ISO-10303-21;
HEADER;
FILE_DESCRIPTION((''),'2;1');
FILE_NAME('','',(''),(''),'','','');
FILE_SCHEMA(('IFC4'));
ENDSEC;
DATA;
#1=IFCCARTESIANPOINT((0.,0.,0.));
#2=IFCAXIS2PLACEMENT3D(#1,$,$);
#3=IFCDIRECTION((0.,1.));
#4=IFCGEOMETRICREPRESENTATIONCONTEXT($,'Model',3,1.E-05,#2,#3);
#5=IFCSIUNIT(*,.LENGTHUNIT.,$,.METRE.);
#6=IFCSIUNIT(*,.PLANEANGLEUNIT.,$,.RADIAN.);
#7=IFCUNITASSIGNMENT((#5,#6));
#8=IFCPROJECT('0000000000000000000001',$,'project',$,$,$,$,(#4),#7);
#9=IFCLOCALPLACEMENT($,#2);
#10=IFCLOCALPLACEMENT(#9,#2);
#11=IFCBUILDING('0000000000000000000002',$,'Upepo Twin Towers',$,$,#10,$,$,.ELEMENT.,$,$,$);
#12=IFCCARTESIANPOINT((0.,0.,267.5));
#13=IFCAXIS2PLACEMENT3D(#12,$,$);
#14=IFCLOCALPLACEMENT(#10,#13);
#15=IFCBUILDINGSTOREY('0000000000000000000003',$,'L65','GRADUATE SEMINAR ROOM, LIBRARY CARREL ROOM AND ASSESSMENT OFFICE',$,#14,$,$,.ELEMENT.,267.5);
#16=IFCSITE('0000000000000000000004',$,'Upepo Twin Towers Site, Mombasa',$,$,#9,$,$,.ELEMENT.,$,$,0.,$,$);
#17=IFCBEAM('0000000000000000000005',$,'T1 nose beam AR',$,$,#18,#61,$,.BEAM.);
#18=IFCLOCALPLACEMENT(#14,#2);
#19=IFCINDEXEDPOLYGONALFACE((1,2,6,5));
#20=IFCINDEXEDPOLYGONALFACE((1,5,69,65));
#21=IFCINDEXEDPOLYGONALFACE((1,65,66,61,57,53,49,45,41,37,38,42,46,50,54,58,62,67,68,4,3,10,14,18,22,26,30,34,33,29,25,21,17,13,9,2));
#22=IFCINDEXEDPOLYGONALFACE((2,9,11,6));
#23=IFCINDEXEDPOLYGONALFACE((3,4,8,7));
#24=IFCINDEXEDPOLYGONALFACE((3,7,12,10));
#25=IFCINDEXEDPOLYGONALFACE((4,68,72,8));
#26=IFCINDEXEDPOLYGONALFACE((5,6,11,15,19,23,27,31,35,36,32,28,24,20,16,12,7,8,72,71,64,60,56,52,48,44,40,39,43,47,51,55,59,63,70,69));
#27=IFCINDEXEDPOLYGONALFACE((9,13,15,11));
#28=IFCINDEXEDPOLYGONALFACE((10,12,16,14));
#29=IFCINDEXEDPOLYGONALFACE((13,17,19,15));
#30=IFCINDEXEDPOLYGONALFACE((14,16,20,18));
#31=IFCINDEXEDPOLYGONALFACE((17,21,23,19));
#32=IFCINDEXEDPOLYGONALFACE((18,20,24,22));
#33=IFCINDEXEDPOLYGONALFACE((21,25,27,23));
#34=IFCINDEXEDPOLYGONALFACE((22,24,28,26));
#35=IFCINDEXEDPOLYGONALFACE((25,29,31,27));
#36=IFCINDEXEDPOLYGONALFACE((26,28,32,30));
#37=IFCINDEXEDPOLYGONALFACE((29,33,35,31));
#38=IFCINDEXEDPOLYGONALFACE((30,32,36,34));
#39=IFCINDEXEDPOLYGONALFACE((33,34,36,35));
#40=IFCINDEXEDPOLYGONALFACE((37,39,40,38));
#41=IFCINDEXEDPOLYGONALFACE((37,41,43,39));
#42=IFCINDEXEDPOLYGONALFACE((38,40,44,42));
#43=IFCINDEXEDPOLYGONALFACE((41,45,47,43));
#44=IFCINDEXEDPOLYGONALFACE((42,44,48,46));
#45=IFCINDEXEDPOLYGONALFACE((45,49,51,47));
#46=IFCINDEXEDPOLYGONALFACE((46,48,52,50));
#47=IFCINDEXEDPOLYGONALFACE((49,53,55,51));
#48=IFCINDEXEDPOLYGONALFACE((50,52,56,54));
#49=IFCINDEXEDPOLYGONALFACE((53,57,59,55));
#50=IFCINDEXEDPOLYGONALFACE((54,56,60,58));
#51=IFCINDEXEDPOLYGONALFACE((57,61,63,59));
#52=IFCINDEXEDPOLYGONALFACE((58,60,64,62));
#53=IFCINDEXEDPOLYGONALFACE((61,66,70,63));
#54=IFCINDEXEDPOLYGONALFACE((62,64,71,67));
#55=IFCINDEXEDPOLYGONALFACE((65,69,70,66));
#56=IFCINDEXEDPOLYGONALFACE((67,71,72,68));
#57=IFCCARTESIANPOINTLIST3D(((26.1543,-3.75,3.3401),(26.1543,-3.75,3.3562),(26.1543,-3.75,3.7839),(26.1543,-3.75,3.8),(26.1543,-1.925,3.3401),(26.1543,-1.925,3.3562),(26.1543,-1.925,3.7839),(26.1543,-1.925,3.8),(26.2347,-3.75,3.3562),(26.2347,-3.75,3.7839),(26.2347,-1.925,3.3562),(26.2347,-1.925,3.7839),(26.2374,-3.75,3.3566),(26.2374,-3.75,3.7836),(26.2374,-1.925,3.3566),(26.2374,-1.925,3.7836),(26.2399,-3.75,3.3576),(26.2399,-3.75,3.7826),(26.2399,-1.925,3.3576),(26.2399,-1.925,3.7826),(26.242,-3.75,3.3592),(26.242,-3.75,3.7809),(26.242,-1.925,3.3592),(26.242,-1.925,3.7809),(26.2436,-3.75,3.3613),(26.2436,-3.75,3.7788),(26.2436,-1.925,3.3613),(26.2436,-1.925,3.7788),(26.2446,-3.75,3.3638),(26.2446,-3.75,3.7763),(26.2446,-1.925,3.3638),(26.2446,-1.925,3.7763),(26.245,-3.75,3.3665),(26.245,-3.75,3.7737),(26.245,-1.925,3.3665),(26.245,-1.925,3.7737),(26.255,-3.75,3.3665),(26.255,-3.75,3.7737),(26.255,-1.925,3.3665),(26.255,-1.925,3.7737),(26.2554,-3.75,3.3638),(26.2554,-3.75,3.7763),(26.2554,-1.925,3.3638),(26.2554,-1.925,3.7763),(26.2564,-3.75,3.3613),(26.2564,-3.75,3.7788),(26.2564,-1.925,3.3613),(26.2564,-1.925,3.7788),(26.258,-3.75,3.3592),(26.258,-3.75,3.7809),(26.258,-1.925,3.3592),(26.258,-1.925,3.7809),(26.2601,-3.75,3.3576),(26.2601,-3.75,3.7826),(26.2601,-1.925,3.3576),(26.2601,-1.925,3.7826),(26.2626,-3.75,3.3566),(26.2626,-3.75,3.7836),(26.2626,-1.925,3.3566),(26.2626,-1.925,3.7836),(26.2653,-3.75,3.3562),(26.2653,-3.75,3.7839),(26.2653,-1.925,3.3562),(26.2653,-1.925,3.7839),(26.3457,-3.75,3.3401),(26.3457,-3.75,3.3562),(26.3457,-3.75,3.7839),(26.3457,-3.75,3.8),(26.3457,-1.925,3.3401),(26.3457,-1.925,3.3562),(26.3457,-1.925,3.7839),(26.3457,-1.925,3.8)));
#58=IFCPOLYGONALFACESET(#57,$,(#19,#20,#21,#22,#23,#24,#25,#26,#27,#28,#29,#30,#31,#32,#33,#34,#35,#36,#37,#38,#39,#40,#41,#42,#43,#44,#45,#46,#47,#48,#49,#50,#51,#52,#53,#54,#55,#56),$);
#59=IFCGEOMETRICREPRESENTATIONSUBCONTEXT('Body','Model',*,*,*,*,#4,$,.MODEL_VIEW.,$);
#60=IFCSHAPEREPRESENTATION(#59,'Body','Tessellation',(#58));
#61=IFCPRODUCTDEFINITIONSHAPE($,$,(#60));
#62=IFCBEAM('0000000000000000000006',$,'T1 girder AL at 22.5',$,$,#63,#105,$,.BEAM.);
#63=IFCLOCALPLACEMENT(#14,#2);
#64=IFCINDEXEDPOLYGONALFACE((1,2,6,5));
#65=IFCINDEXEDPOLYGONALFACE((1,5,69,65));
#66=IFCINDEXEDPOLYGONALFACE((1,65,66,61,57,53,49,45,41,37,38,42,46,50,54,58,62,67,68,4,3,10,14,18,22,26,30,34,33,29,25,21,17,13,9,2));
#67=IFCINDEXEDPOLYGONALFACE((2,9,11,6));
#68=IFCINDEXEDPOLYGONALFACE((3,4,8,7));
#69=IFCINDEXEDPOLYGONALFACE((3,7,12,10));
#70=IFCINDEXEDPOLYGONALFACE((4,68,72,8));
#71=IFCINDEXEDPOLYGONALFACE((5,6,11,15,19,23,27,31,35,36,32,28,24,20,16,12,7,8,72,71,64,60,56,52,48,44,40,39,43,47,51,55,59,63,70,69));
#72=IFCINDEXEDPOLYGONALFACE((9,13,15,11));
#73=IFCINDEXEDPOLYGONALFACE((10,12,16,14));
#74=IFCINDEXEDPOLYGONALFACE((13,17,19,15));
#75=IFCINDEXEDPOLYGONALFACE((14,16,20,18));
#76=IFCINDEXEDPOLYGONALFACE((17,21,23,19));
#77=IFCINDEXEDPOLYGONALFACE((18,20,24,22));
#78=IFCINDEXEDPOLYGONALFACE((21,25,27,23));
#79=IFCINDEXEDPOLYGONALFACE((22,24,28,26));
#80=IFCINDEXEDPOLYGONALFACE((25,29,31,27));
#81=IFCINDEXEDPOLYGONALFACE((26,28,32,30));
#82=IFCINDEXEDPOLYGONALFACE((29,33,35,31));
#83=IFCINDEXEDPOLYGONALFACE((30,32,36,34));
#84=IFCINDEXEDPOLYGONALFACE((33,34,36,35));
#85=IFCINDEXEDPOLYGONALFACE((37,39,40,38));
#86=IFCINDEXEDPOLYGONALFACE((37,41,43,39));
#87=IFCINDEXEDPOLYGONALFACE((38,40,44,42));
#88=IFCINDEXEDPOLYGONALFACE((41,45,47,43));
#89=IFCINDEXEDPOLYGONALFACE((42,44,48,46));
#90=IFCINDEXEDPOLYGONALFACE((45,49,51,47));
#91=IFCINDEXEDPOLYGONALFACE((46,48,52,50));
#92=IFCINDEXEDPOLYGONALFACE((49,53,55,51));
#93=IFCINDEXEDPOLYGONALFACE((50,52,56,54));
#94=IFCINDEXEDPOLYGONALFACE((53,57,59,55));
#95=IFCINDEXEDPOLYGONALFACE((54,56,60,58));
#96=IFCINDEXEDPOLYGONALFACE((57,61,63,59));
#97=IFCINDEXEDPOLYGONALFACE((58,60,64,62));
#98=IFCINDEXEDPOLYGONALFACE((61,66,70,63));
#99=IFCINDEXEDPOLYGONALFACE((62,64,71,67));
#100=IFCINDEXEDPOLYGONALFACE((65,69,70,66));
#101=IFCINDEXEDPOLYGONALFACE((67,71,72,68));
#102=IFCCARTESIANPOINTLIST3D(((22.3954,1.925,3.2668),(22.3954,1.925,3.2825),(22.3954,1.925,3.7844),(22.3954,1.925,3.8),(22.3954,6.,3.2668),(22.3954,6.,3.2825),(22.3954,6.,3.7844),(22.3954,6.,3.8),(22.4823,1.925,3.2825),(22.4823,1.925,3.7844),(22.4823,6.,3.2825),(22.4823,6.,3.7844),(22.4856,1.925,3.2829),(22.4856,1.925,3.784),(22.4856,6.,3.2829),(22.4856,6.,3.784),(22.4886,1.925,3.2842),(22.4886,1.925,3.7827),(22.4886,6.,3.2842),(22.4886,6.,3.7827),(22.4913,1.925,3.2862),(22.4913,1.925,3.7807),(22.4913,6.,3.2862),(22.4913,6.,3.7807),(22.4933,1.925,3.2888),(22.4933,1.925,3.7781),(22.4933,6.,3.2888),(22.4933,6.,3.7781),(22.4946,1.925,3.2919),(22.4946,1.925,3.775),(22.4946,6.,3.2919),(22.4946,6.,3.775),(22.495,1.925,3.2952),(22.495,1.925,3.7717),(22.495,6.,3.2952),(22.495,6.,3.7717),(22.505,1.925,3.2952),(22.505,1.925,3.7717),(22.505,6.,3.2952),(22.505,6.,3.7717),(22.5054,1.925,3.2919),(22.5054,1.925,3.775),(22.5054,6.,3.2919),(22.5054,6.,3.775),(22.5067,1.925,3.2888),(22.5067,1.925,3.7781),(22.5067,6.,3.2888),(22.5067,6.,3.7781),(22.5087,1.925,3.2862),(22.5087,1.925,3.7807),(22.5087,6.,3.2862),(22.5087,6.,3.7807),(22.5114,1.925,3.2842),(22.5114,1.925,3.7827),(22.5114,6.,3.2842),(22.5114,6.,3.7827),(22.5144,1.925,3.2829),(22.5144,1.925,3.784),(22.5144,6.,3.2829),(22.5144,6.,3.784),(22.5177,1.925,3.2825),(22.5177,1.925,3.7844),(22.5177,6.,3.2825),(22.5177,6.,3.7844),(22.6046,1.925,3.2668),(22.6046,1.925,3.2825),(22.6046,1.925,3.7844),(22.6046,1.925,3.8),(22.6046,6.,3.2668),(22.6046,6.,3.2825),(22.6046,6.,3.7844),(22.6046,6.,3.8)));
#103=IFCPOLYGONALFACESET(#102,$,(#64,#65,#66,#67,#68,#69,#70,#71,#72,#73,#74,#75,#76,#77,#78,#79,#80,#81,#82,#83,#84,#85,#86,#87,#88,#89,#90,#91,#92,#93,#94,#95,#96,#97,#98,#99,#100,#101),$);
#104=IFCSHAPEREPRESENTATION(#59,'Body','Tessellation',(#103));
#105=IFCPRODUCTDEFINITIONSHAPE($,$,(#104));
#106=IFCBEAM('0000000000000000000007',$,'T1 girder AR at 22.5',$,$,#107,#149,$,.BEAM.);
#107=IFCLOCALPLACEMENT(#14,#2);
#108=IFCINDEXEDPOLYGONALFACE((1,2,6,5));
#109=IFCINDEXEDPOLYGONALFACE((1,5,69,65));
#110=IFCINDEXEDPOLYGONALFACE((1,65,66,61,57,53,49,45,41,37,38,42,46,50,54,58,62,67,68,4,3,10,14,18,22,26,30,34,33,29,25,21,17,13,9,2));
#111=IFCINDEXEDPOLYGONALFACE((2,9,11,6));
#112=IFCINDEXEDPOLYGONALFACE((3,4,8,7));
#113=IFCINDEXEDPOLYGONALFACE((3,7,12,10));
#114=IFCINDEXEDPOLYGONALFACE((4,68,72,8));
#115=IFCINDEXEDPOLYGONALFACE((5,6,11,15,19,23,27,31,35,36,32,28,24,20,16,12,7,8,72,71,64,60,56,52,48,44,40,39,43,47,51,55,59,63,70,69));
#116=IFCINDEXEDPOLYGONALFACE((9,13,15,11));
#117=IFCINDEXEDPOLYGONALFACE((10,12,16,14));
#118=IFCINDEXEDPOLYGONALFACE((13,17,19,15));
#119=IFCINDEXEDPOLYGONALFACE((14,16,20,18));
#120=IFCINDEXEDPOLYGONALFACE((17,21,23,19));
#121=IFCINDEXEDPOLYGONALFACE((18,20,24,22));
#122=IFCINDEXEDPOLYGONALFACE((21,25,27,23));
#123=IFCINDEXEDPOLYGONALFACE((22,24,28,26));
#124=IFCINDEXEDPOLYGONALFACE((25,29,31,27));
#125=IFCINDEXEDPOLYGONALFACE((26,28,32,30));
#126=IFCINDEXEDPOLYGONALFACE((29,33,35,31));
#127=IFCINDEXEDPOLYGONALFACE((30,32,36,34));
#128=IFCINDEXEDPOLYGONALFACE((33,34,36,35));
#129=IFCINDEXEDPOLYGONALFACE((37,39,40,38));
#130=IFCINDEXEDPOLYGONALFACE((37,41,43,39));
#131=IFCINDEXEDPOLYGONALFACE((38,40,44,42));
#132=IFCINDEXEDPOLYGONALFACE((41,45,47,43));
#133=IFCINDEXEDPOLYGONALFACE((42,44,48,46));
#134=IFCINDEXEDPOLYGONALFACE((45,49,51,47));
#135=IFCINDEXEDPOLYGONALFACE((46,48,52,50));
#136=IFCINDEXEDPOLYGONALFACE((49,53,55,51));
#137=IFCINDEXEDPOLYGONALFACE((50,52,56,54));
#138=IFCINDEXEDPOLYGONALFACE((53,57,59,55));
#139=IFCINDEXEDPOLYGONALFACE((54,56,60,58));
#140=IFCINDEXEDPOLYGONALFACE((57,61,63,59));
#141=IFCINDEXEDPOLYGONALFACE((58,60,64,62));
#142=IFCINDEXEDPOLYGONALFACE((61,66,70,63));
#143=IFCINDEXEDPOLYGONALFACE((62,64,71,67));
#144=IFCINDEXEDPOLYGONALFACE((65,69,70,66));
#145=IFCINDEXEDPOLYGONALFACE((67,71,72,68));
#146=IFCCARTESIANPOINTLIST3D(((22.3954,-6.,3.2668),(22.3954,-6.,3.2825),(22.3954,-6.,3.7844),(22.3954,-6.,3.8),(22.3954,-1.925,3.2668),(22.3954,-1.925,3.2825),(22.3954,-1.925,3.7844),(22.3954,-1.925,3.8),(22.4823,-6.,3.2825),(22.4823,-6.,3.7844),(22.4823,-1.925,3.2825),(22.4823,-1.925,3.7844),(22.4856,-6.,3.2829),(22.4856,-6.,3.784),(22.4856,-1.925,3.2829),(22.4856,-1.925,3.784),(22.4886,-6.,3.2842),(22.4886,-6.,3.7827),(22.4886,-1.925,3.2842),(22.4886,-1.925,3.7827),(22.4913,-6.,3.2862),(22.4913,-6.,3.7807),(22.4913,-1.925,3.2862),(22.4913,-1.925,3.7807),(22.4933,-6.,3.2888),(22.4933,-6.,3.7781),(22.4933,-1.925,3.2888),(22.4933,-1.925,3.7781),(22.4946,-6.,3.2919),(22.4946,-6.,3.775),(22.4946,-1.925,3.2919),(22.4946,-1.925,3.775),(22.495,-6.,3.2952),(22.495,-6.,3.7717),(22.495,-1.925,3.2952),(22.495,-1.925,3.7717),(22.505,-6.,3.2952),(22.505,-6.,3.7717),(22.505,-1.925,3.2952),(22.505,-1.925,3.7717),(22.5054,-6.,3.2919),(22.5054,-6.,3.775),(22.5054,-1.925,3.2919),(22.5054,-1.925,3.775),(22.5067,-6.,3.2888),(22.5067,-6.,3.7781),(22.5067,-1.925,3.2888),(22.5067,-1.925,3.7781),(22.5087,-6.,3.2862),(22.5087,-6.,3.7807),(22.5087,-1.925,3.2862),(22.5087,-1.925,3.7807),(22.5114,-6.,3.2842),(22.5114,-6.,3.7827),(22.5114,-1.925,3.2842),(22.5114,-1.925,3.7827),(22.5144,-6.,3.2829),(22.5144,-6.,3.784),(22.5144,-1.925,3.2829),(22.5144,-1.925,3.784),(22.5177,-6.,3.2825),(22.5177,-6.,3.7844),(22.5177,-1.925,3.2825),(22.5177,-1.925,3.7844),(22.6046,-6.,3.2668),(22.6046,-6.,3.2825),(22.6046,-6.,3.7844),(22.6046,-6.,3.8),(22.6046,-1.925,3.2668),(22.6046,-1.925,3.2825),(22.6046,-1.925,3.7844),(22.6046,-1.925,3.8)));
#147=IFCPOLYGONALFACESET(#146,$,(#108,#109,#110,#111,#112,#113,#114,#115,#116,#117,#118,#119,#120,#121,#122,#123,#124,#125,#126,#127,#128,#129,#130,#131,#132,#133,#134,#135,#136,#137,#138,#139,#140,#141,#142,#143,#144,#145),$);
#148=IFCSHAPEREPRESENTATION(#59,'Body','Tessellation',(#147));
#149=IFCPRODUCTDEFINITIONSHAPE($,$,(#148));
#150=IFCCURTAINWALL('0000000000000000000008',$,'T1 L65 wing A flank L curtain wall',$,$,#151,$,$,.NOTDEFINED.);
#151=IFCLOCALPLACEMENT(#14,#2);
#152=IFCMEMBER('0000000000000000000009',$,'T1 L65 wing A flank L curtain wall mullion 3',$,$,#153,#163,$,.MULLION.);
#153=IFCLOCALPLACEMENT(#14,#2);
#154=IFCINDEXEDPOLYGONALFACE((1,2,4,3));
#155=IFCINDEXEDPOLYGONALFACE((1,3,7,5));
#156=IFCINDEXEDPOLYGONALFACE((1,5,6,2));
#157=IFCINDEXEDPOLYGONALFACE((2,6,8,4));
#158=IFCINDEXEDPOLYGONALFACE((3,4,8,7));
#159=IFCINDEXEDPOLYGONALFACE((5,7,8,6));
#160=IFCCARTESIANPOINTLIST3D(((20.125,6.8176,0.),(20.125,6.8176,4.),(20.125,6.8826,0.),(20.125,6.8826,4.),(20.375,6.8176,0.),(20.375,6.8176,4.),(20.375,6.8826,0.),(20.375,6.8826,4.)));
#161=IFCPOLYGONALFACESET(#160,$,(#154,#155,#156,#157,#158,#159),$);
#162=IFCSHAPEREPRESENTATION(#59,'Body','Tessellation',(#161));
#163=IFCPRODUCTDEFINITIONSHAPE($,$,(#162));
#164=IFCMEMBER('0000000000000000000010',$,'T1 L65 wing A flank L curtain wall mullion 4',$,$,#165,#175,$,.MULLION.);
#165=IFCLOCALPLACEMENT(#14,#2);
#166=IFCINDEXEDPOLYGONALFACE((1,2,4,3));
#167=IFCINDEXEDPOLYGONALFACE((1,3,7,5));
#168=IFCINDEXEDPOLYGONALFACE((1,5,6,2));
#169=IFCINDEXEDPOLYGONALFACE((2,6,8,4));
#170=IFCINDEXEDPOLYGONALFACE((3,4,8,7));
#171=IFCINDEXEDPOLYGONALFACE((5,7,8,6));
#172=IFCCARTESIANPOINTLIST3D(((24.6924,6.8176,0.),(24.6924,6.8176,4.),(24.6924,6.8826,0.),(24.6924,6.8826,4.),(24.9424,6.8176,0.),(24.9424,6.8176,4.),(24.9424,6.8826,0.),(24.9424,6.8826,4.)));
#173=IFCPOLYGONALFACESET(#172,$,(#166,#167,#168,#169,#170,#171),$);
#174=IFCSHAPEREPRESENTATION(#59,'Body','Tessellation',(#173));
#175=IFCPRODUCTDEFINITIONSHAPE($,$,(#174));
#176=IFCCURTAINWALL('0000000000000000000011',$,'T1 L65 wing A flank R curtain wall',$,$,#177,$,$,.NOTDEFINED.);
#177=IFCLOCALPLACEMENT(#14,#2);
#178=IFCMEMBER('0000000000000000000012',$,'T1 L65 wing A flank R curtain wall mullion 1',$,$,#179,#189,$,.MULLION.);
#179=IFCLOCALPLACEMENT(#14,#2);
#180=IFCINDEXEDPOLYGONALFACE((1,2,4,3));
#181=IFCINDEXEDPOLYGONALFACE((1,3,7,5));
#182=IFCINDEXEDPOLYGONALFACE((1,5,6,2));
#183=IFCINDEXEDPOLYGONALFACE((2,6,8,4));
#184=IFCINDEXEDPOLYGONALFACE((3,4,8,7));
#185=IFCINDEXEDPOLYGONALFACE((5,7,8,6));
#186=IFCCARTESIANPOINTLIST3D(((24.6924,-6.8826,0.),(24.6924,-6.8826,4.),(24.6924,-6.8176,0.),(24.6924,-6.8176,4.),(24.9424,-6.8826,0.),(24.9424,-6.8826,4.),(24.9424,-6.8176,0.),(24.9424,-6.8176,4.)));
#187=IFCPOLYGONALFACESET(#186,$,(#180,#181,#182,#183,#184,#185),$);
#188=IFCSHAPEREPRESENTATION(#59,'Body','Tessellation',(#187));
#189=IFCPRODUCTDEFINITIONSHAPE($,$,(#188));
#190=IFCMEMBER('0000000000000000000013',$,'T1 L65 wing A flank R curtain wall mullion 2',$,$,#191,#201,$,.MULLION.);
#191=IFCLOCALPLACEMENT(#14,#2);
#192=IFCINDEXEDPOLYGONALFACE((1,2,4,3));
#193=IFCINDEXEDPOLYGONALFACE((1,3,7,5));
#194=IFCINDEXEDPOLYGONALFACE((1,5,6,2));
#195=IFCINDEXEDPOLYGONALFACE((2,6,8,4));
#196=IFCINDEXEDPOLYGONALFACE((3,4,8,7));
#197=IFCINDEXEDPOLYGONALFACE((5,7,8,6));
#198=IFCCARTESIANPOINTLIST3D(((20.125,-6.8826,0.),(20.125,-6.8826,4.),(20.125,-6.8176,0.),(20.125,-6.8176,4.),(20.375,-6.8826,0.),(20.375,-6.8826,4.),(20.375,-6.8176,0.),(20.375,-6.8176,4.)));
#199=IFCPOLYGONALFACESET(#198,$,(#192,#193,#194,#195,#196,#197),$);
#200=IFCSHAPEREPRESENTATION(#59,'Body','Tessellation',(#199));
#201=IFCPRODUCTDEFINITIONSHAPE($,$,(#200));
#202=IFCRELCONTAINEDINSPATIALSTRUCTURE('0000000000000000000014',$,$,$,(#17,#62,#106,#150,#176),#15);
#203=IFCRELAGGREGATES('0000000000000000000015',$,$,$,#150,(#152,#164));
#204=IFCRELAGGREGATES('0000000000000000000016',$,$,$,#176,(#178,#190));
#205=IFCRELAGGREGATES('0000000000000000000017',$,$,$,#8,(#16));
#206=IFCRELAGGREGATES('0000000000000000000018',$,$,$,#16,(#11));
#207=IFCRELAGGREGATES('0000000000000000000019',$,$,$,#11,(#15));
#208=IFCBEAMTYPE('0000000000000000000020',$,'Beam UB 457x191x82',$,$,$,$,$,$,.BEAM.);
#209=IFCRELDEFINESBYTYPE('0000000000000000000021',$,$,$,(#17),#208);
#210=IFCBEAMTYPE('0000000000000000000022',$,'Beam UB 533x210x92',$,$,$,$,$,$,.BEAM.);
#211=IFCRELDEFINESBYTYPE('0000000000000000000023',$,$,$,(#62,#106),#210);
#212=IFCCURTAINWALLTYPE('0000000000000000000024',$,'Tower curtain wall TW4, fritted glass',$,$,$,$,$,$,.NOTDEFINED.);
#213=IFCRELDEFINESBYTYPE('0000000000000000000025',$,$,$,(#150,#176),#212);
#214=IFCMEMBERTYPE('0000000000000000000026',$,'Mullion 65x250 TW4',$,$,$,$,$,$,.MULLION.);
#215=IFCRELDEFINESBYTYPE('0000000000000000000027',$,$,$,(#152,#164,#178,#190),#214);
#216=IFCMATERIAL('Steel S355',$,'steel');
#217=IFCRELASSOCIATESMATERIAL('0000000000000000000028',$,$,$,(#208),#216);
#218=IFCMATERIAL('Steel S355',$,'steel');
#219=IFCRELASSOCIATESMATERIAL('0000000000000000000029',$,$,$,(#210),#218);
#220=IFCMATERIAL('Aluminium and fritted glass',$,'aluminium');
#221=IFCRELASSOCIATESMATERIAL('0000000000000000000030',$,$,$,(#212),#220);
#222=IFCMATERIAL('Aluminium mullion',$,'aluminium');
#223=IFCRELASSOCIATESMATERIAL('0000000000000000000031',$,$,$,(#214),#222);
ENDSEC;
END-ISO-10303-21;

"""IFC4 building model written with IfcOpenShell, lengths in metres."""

from ifc_helpers import new_model, si_unit, direction, frame, origin, origin_2d, place, context, subcontext, project, spatial, rectangle, i_section, extrude, material, material_profile, profile_set, type_object, element, aggregate, save


model = new_model("IFC4")

# Units and contexts
model_context = context("Model", 3, precision=1e-05, world=origin(), true_north=direction((0.0, 1.0)))
body_context = subcontext(model_context, "Body", "Model", "MODEL_VIEW")
ifc_project = project(units=[si_unit("LENGTHUNIT", "METRE"), si_unit("PLANEANGLEUNIT", "RADIAN")], contexts=[model_context])

# Site, building, storey
site_placement = place(None, origin())
site = spatial("IfcSite", under=ifc_project, at=site_placement, Name="Upepo Twin Towers Site, Mombasa", CompositionType="ELEMENT", RefElevation=0.0)
building_placement = place(site_placement, origin())
building = spatial("IfcBuilding", under=site, at=building_placement, Name="Upepo Twin Towers", CompositionType="ELEMENT")
storey_placement = place(building_placement, frame((0.0, 0.0, 267.5)))
storey = spatial("IfcBuildingStorey", under=building, at=storey_placement, Name="L65", Description="GRADUATE SEMINAR ROOM, LIBRARY CARREL ROOM AND ASSESSMENT OFFICE", CompositionType="ELEMENT", Elevation=267.5)

# Beams
ifc_material_1 = material(Name="Steel S355", Category="steel")
ifc_material_profile_1 = material_profile(ifc_material_1, i_section(OverallWidth=0.1914, OverallDepth=0.46, WebThickness=0.01, FlangeThickness=0.0161, FilletRadius=0.0103, at=origin_2d()), Name="UB 457x191x82")
ifc_profile_set_1 = profile_set([ifc_material_profile_1], Name="Steel S355")
beam_type_1 = type_object("IfcBeamType", Name="Beam UB 457x191x82", PredefinedType="BEAM", material=ifc_profile_set_1)
for number, where, z_axis, x_axis, name in (
    (1, (26.25, -3.75, 3.5701), (0.0, 1.0, 0.0), (-1.0, 0.0, 0.0), "T1 nose beam AR"),
):
    element("IfcBeam", number, at=place(storey_placement, frame(where, z_axis=z_axis, x_axis=x_axis)), inside=storey, type_object=beam_type_1, Name=name, PredefinedType="BEAM", context=body_context, shape_type="SweptSolid", body=[
        extrude(i_section(OverallWidth=0.1914, OverallDepth=0.46, WebThickness=0.01, FlangeThickness=0.0161, FilletRadius=0.0103, at=origin_2d()), origin(), (0.0, 0.0, 1.0), 1.825),
    ])
ifc_material_2 = material(Name="Steel S355", Category="steel")
ifc_material_profile_2 = material_profile(ifc_material_2, i_section(OverallWidth=0.2092, OverallDepth=0.5332, WebThickness=0.01, FlangeThickness=0.0156, FilletRadius=0.0127, at=origin_2d()), Name="UB 533x210x92")
ifc_profile_set_2 = profile_set([ifc_material_profile_2], Name="Steel S355")
beam_type_2 = type_object("IfcBeamType", Name="Beam UB 533x210x92", PredefinedType="BEAM", material=ifc_profile_set_2)
for number, where, z_axis, x_axis, name in (
    (2, (22.5, 6.0, 3.5334), (0.0, -1.0, 0.0), (1.0, 0.0, 0.0), "T1 girder AL at 22.5"),
    (3, (22.5, -6.0, 3.5334), (0.0, 1.0, 0.0), (-1.0, 0.0, 0.0), "T1 girder AR at 22.5"),
):
    element("IfcBeam", number, at=place(storey_placement, frame(where, z_axis=z_axis, x_axis=x_axis)), inside=storey, type_object=beam_type_2, Name=name, PredefinedType="BEAM", context=body_context, shape_type="SweptSolid", body=[
        extrude(i_section(OverallWidth=0.2092, OverallDepth=0.5332, WebThickness=0.01, FlangeThickness=0.0156, FilletRadius=0.0127, at=origin_2d()), origin(), (0.0, 0.0, 1.0), 4.075),
    ])

# Curtain walls, members
ifc_material_3 = material(Name="Aluminium and fritted glass", Category="aluminium")
curtain_wall_type = type_object("IfcCurtainWallType", Name="Tower curtain wall TW4, fritted glass", PredefinedType="NOTDEFINED", material=ifc_material_3)
curtain_wall_1_placement = place(storey_placement, origin())
curtain_wall_1 = element("IfcCurtainWall", 4, at=curtain_wall_1_placement, inside=storey, type_object=curtain_wall_type, Name="T1 L65 wing A flank L curtain wall", PredefinedType="NOTDEFINED")
ifc_material_4 = material(Name="Aluminium mullion", Category="aluminium")
ifc_material_profile_3 = material_profile(ifc_material_4, rectangle(XDim=0.0649, YDim=0.25, at=origin_2d()), Name="MULLION 65x250")
ifc_profile_set_3 = profile_set([ifc_material_profile_3], Name="Aluminium mullion")
member_type_1 = type_object("IfcMemberType", Name="Mullion 65x250 TW4", PredefinedType="MULLION", material=ifc_profile_set_3)
member_1_placement = place(storey_placement, frame((20.25, 6.8501, 0.0), z_axis=(0.0, 0.0, 1.0), x_axis=(0.0, 1.0, 0.0)))
member_1 = element("IfcMember", 5, at=member_1_placement, type_object=member_type_1, Name="T1 L65 wing A flank L curtain wall mullion 3", PredefinedType="MULLION", context=body_context, shape_type="SweptSolid", body=[
    extrude(rectangle(XDim=0.0649, YDim=0.25, at=origin_2d()), origin(), (0.0, 0.0, 1.0), 4.0),
])
member_2_placement = place(storey_placement, frame((24.8174, 6.8501, 0.0), z_axis=(0.0, 0.0, 1.0), x_axis=(0.0, 1.0, 0.0)))
member_2 = element("IfcMember", 6, at=member_2_placement, type_object=member_type_1, Name="T1 L65 wing A flank L curtain wall mullion 4", PredefinedType="MULLION", context=body_context, shape_type="SweptSolid", body=[
    extrude(rectangle(XDim=0.0649, YDim=0.25, at=origin_2d()), origin(), (0.0, 0.0, 1.0), 4.0),
])
curtain_wall_2_placement = place(storey_placement, origin())
curtain_wall_2 = element("IfcCurtainWall", 7, at=curtain_wall_2_placement, inside=storey, type_object=curtain_wall_type, Name="T1 L65 wing A flank R curtain wall", PredefinedType="NOTDEFINED")
member_3_placement = place(storey_placement, frame((24.8174, -6.8501, 0.0), z_axis=(0.0, 0.0, 1.0), x_axis=(0.0, -1.0, 0.0)))
member_3 = element("IfcMember", 8, at=member_3_placement, type_object=member_type_1, Name="T1 L65 wing A flank R curtain wall mullion 1", PredefinedType="MULLION", context=body_context, shape_type="SweptSolid", body=[
    extrude(rectangle(XDim=0.0649, YDim=0.25, at=origin_2d()), origin(), (0.0, 0.0, 1.0), 4.0),
])
member_4_placement = place(storey_placement, frame((20.25, -6.8501, 0.0), z_axis=(0.0, 0.0, 1.0), x_axis=(0.0, -1.0, 0.0)))
member_4 = element("IfcMember", 9, at=member_4_placement, type_object=member_type_1, Name="T1 L65 wing A flank R curtain wall mullion 2", PredefinedType="MULLION", context=body_context, shape_type="SweptSolid", body=[
    extrude(rectangle(XDim=0.0649, YDim=0.25, at=origin_2d()), origin(), (0.0, 0.0, 1.0), 4.0),
])

aggregate(curtain_wall_1, [member_1, member_2])
aggregate(curtain_wall_2, [member_3, member_4])

save(model, "model.ifc")
